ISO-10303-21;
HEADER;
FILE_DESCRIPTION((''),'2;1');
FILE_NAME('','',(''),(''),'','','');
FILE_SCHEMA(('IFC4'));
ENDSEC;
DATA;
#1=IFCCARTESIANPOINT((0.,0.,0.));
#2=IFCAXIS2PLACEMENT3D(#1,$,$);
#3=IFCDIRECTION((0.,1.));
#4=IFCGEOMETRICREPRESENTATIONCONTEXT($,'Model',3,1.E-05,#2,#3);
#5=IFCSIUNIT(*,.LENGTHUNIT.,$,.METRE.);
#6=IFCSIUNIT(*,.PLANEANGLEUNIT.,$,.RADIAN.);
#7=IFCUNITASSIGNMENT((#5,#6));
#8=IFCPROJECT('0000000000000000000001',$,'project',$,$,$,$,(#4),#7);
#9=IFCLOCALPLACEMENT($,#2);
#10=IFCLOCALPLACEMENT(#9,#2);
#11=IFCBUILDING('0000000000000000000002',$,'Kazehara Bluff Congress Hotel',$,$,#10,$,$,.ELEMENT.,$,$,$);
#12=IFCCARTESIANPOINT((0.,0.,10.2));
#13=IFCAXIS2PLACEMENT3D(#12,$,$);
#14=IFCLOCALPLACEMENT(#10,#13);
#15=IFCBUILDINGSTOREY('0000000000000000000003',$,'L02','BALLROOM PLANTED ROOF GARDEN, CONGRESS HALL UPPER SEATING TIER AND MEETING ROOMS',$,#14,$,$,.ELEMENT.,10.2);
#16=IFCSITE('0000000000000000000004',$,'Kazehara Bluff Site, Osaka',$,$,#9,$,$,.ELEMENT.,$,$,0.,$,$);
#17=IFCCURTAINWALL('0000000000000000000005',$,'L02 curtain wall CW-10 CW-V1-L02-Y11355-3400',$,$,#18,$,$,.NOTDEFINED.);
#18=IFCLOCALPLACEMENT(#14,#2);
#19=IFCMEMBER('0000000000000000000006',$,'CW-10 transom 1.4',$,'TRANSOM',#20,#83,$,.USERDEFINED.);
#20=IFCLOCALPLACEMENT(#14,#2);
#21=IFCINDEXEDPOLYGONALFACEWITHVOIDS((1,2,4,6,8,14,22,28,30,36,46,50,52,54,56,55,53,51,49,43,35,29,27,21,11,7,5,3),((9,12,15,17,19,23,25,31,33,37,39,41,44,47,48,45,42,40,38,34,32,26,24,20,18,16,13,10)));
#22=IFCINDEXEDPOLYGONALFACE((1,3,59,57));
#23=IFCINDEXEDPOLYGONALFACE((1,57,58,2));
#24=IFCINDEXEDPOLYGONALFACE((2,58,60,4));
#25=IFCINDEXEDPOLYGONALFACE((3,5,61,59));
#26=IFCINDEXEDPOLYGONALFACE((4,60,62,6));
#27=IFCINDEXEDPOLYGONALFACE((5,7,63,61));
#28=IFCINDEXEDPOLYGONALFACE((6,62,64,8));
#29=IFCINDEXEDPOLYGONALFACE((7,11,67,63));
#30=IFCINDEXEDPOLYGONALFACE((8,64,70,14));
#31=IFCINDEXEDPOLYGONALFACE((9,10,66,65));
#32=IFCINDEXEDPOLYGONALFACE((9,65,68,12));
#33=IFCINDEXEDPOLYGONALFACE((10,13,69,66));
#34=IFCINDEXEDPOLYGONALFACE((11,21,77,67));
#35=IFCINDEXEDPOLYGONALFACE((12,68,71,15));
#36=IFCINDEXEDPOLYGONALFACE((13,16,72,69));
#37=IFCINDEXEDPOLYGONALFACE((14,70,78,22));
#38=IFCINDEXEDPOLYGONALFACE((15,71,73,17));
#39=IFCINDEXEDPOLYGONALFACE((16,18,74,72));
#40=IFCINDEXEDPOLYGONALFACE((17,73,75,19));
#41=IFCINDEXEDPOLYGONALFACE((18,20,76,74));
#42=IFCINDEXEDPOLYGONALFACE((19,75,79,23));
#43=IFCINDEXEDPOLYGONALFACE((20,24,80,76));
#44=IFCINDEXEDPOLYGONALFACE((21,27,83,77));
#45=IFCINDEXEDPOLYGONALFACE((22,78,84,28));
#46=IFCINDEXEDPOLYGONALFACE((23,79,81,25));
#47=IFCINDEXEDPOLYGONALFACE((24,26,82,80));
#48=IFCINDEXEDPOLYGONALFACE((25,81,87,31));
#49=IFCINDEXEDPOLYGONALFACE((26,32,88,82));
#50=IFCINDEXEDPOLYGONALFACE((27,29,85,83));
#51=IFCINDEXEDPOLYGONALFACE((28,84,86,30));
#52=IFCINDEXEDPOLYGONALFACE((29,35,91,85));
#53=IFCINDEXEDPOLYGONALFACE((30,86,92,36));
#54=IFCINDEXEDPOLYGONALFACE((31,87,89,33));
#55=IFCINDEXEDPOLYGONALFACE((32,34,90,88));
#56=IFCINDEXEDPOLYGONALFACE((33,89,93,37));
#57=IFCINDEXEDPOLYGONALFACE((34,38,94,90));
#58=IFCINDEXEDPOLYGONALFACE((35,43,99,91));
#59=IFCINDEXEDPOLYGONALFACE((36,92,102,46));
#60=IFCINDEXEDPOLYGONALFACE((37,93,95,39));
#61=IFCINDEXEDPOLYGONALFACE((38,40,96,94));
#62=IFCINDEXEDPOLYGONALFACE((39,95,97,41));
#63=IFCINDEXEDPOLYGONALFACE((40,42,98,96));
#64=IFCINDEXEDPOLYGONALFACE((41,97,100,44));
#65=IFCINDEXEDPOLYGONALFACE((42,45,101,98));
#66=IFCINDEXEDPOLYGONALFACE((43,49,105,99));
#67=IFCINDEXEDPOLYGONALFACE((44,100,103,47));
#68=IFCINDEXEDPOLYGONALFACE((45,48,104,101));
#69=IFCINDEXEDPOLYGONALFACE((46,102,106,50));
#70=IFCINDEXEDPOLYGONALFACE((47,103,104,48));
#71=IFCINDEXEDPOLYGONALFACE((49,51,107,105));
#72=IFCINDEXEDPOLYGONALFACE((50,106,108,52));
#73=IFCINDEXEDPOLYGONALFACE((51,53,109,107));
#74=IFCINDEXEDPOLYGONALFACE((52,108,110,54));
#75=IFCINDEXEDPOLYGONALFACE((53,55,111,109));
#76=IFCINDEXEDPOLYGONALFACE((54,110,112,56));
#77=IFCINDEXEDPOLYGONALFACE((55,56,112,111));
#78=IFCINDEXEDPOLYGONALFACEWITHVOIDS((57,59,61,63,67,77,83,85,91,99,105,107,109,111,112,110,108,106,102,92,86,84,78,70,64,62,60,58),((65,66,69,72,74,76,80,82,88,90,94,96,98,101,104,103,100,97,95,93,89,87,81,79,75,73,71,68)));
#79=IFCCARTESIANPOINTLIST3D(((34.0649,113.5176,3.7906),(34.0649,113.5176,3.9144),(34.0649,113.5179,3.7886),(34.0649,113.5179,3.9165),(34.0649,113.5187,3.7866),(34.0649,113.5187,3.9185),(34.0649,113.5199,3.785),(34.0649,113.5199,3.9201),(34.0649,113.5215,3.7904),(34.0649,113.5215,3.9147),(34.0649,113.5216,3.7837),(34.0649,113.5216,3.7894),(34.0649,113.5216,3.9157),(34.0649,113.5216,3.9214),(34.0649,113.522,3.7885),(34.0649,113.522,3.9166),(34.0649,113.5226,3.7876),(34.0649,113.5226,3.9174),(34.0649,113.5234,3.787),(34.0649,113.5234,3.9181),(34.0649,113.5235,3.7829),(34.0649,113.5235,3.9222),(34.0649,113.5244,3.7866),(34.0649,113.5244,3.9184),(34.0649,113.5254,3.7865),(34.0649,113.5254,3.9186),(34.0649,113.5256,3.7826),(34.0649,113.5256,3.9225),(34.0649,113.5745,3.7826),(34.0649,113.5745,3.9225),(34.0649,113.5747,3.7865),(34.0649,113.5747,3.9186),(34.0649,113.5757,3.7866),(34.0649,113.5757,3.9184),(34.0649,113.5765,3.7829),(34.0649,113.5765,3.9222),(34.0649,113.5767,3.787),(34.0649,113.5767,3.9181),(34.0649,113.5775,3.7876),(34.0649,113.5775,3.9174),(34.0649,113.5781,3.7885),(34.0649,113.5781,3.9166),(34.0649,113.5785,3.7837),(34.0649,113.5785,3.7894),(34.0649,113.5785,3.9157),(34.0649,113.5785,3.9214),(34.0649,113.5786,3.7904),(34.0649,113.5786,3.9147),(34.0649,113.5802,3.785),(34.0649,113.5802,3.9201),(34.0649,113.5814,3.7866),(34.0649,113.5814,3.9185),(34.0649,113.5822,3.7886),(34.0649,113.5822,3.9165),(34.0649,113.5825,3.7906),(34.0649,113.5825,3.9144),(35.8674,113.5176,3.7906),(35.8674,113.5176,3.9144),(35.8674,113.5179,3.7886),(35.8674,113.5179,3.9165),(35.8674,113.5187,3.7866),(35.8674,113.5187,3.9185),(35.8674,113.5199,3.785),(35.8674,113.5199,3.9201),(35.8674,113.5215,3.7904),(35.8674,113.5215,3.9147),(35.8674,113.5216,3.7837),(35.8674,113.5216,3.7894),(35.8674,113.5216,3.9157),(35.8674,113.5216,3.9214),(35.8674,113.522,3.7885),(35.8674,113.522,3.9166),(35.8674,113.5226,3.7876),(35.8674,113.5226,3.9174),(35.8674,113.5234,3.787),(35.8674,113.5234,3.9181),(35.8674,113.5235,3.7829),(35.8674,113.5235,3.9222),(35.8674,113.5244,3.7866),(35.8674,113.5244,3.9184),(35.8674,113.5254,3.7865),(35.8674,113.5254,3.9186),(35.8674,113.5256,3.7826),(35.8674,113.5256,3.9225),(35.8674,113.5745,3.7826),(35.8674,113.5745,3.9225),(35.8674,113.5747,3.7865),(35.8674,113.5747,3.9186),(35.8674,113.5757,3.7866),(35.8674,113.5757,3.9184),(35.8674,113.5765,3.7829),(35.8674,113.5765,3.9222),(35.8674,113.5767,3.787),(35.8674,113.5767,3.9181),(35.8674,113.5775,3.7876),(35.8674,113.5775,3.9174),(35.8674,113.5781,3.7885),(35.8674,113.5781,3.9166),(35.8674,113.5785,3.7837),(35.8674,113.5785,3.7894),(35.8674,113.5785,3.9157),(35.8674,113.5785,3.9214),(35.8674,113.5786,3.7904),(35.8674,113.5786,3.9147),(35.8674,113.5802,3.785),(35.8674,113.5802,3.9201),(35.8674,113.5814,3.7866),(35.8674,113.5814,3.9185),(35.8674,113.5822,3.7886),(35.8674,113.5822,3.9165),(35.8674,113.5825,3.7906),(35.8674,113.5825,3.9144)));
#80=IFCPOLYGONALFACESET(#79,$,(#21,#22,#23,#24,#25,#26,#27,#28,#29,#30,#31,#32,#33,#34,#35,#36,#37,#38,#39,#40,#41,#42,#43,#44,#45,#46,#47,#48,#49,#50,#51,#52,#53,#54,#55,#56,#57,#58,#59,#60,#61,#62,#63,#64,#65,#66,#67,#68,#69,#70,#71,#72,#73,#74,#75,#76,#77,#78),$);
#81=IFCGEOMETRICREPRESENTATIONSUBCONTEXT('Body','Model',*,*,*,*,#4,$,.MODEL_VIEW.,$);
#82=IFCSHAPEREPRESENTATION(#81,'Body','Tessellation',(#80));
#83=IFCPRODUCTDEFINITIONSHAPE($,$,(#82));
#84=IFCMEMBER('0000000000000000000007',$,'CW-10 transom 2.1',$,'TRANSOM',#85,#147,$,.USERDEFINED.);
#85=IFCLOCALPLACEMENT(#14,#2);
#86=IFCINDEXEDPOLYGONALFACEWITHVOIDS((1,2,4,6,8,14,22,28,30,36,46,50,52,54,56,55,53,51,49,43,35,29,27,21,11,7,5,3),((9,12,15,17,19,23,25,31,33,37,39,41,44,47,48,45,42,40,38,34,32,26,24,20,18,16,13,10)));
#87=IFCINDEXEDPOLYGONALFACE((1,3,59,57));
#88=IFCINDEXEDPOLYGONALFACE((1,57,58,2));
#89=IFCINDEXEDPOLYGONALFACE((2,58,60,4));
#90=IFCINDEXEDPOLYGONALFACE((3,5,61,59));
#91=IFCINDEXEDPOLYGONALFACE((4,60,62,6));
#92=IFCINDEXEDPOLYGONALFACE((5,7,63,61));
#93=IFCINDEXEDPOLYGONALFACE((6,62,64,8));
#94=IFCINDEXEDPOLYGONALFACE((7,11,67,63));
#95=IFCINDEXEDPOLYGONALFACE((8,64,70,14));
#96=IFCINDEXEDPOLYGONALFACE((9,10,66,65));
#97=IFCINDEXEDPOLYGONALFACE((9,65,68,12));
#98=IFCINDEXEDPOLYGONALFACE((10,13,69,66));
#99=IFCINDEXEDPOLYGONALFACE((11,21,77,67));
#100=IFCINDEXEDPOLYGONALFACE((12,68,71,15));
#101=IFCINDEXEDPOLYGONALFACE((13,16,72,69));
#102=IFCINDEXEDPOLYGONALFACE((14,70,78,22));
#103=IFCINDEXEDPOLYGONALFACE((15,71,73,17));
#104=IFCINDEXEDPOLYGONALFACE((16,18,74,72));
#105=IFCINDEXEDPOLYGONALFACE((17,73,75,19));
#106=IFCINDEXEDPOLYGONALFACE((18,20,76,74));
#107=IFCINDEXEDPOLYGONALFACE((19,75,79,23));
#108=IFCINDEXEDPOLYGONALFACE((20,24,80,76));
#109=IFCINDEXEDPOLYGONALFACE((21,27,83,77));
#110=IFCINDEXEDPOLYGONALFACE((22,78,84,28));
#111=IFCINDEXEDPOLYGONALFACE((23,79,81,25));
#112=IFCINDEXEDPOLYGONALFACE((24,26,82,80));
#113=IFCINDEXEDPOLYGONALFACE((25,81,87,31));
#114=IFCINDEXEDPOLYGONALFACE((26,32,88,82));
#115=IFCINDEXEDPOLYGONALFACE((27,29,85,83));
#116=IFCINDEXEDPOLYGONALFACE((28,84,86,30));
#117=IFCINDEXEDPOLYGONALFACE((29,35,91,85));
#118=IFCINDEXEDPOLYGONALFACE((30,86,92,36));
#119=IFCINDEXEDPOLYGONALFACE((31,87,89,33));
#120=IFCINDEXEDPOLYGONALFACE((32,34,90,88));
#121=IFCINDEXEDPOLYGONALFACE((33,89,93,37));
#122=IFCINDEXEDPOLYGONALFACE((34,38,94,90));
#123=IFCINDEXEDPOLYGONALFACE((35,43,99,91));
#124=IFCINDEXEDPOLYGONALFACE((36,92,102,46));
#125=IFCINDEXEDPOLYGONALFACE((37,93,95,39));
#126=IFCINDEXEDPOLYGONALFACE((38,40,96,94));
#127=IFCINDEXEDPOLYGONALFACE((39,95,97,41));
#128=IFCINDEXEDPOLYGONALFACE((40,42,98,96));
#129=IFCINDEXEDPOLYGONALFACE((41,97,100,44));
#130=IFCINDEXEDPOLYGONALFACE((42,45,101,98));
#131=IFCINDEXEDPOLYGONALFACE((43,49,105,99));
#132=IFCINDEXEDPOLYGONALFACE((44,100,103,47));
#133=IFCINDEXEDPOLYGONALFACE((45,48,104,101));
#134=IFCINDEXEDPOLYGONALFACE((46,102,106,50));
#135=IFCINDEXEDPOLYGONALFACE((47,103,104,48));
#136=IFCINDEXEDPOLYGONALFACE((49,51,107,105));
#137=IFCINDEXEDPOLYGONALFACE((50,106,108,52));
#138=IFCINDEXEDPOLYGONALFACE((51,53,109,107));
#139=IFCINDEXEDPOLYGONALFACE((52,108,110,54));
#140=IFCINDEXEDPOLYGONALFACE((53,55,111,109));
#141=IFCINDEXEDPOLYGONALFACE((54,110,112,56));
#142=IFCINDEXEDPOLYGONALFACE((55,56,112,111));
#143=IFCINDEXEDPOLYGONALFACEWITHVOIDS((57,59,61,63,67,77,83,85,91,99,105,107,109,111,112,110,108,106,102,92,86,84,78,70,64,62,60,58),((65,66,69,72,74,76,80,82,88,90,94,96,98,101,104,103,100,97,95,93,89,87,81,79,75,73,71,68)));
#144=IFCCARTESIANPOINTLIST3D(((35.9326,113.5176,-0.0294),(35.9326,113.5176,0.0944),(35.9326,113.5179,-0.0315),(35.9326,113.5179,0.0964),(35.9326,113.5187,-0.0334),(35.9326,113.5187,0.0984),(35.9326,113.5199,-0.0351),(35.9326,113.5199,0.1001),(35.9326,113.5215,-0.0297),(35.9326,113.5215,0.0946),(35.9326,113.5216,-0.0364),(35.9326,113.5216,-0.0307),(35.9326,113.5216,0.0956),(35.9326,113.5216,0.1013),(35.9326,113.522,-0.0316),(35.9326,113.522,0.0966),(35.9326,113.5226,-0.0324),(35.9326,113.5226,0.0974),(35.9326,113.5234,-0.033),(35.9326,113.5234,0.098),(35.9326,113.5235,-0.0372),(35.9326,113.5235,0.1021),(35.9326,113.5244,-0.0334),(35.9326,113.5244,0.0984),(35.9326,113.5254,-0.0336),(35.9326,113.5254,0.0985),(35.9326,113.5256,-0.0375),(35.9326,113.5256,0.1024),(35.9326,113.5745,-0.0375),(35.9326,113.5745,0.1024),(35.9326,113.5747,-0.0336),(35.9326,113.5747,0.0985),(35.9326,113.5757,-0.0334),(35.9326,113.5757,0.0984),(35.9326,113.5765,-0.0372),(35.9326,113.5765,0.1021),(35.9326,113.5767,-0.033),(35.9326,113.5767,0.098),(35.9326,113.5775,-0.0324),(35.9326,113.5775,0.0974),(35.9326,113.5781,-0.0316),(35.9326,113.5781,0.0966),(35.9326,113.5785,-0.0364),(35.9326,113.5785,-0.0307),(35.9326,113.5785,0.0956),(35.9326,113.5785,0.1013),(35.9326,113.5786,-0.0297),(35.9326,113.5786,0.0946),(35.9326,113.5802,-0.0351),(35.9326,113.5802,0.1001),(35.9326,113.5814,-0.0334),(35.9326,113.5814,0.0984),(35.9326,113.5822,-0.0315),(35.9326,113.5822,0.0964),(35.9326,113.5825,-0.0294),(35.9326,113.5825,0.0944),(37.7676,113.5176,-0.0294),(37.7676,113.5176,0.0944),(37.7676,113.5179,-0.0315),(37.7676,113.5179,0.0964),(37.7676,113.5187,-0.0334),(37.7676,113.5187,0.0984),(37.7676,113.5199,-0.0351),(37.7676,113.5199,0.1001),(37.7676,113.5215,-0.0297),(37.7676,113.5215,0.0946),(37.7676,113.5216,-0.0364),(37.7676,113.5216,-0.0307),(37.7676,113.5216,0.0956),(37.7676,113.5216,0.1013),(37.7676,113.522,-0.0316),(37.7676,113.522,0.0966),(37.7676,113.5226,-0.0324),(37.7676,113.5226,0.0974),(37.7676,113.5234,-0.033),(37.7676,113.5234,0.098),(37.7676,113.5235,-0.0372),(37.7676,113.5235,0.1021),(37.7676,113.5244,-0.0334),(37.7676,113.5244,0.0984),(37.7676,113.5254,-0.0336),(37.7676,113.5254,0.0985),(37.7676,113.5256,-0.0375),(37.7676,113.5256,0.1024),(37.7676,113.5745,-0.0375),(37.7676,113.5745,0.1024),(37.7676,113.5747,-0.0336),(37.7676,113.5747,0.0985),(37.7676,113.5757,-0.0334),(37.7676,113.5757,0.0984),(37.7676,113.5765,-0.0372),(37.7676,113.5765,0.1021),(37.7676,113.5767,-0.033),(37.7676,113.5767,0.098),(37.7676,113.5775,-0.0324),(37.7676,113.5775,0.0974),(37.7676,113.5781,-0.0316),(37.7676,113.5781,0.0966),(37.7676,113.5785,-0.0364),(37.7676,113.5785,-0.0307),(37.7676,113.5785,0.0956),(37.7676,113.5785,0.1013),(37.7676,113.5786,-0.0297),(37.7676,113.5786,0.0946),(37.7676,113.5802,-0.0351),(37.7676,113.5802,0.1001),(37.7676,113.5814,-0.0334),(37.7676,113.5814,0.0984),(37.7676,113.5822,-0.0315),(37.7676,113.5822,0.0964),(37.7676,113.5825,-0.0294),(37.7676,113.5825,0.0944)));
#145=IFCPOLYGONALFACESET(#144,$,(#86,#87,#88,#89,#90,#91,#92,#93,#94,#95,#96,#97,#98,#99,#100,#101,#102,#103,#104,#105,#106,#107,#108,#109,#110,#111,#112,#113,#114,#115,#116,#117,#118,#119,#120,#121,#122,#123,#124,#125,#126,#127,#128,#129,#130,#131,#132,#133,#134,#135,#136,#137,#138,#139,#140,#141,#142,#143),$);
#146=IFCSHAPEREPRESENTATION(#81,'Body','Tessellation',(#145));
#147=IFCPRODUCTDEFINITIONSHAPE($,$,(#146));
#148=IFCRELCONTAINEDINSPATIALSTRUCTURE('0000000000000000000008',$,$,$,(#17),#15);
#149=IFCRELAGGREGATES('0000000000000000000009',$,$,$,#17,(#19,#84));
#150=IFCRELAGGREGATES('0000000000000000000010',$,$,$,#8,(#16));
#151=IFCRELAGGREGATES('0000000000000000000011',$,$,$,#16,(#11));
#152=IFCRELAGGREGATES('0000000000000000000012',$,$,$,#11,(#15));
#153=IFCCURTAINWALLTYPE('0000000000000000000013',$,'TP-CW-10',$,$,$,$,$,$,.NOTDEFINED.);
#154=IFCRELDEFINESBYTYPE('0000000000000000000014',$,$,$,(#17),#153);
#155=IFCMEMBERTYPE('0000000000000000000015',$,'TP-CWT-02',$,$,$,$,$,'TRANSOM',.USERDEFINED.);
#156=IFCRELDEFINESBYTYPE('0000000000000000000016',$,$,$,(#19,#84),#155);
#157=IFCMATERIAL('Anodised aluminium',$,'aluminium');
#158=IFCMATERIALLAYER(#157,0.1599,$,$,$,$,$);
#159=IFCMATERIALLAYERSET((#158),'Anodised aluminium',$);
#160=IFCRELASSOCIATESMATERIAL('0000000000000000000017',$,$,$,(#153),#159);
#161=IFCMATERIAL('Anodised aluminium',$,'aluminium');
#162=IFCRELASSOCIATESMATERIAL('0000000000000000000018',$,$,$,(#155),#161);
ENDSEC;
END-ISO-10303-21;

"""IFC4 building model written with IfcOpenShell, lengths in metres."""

from ifc_helpers import new_model, si_unit, direction, frame, origin, origin_2d, place, context, subcontext, project, spatial, hollow_rectangle, extrude, material, layer, layer_set, material_profile, profile_set, type_object, element, aggregate, save


model = new_model("IFC4")

# Units and contexts
model_context = context("Model", 3, precision=1e-05, world=origin(), true_north=direction((0.0, 1.0)))
body_context = subcontext(model_context, "Body", "Model", "MODEL_VIEW")
ifc_project = project(units=[si_unit("LENGTHUNIT", "METRE"), si_unit("PLANEANGLEUNIT", "RADIAN")], contexts=[model_context])

# Site, building, storey
site_placement = place(None, origin())
site = spatial("IfcSite", under=ifc_project, at=site_placement, Name="Kazehara Bluff Site, Osaka", CompositionType="ELEMENT", RefElevation=0.0)
building_placement = place(site_placement, origin())
building = spatial("IfcBuilding", under=site, at=building_placement, Name="Kazehara Bluff Congress Hotel", CompositionType="ELEMENT")
storey_placement = place(building_placement, frame((0.0, 0.0, 10.2)))
storey = spatial("IfcBuildingStorey", under=building, at=storey_placement, Name="L02", Description="BALLROOM PLANTED ROOF GARDEN, CONGRESS HALL UPPER SEATING TIER AND MEETING ROOMS", CompositionType="ELEMENT", Elevation=10.2)

# Curtain wall, members
ifc_material_1 = material(Name="Anodised aluminium", Category="aluminium")
ifc_layer_1 = layer(ifc_material_1, 0.1599)
ifc_layer_set_1 = layer_set([ifc_layer_1], Name="Anodised aluminium")
curtain_wall_type = type_object("IfcCurtainWallType", Name="TP-CW-10", PredefinedType="NOTDEFINED", material=ifc_layer_set_1)
curtain_wall_placement = place(storey_placement, origin())
curtain_wall = element("IfcCurtainWall", 1, at=curtain_wall_placement, inside=storey, type_object=curtain_wall_type, Name="L02 curtain wall CW-10 CW-V1-L02-Y11355-3400", PredefinedType="NOTDEFINED")
ifc_material_2 = material(Name="Anodised aluminium", Category="aluminium")
ifc_material_profile_1 = material_profile(ifc_material_2, hollow_rectangle(XDim=0.0649, YDim=0.1399, WallThickness=0.0039, InnerFilletRadius=0.0039, OuterFilletRadius=0.0081, at=origin_2d()))
ifc_profile_set_1 = profile_set([ifc_material_profile_1], Name="Anodised aluminium")
member_type_1 = type_object("IfcMemberType", Name="TP-CWT-02", ElementType="TRANSOM", PredefinedType="USERDEFINED", material=ifc_profile_set_1)
member_1_placement = place(storey_placement, frame((34.0649, 113.55, 3.8525), z_axis=(1.0, 0.0, 0.0), x_axis=(0.0, 1.0, 0.0)))
member_1 = element("IfcMember", 2, at=member_1_placement, type_object=member_type_1, Name="CW-10 transom 1.4", ObjectType="TRANSOM", PredefinedType="USERDEFINED", context=body_context, shape_type="SweptSolid", body=[
    extrude(hollow_rectangle(XDim=0.0649, YDim=0.1399, WallThickness=0.0039, InnerFilletRadius=0.0039, OuterFilletRadius=0.0081, at=origin_2d()), origin(), (0.0, 0.0, 1.0), 1.8025),
])
member_2_placement = place(storey_placement, frame((35.9326, 113.55, 0.0325), z_axis=(1.0, 0.0, 0.0), x_axis=(0.0, 1.0, 0.0)))
member_2 = element("IfcMember", 3, at=member_2_placement, type_object=member_type_1, Name="CW-10 transom 2.1", ObjectType="TRANSOM", PredefinedType="USERDEFINED", context=body_context, shape_type="SweptSolid", body=[
    extrude(hollow_rectangle(XDim=0.0649, YDim=0.1399, WallThickness=0.0039, InnerFilletRadius=0.0039, OuterFilletRadius=0.0081, at=origin_2d()), origin(), (0.0, 0.0, 1.0), 1.835),
])
aggregate(curtain_wall, [member_1, member_2])

save(model, "model.ifc")
